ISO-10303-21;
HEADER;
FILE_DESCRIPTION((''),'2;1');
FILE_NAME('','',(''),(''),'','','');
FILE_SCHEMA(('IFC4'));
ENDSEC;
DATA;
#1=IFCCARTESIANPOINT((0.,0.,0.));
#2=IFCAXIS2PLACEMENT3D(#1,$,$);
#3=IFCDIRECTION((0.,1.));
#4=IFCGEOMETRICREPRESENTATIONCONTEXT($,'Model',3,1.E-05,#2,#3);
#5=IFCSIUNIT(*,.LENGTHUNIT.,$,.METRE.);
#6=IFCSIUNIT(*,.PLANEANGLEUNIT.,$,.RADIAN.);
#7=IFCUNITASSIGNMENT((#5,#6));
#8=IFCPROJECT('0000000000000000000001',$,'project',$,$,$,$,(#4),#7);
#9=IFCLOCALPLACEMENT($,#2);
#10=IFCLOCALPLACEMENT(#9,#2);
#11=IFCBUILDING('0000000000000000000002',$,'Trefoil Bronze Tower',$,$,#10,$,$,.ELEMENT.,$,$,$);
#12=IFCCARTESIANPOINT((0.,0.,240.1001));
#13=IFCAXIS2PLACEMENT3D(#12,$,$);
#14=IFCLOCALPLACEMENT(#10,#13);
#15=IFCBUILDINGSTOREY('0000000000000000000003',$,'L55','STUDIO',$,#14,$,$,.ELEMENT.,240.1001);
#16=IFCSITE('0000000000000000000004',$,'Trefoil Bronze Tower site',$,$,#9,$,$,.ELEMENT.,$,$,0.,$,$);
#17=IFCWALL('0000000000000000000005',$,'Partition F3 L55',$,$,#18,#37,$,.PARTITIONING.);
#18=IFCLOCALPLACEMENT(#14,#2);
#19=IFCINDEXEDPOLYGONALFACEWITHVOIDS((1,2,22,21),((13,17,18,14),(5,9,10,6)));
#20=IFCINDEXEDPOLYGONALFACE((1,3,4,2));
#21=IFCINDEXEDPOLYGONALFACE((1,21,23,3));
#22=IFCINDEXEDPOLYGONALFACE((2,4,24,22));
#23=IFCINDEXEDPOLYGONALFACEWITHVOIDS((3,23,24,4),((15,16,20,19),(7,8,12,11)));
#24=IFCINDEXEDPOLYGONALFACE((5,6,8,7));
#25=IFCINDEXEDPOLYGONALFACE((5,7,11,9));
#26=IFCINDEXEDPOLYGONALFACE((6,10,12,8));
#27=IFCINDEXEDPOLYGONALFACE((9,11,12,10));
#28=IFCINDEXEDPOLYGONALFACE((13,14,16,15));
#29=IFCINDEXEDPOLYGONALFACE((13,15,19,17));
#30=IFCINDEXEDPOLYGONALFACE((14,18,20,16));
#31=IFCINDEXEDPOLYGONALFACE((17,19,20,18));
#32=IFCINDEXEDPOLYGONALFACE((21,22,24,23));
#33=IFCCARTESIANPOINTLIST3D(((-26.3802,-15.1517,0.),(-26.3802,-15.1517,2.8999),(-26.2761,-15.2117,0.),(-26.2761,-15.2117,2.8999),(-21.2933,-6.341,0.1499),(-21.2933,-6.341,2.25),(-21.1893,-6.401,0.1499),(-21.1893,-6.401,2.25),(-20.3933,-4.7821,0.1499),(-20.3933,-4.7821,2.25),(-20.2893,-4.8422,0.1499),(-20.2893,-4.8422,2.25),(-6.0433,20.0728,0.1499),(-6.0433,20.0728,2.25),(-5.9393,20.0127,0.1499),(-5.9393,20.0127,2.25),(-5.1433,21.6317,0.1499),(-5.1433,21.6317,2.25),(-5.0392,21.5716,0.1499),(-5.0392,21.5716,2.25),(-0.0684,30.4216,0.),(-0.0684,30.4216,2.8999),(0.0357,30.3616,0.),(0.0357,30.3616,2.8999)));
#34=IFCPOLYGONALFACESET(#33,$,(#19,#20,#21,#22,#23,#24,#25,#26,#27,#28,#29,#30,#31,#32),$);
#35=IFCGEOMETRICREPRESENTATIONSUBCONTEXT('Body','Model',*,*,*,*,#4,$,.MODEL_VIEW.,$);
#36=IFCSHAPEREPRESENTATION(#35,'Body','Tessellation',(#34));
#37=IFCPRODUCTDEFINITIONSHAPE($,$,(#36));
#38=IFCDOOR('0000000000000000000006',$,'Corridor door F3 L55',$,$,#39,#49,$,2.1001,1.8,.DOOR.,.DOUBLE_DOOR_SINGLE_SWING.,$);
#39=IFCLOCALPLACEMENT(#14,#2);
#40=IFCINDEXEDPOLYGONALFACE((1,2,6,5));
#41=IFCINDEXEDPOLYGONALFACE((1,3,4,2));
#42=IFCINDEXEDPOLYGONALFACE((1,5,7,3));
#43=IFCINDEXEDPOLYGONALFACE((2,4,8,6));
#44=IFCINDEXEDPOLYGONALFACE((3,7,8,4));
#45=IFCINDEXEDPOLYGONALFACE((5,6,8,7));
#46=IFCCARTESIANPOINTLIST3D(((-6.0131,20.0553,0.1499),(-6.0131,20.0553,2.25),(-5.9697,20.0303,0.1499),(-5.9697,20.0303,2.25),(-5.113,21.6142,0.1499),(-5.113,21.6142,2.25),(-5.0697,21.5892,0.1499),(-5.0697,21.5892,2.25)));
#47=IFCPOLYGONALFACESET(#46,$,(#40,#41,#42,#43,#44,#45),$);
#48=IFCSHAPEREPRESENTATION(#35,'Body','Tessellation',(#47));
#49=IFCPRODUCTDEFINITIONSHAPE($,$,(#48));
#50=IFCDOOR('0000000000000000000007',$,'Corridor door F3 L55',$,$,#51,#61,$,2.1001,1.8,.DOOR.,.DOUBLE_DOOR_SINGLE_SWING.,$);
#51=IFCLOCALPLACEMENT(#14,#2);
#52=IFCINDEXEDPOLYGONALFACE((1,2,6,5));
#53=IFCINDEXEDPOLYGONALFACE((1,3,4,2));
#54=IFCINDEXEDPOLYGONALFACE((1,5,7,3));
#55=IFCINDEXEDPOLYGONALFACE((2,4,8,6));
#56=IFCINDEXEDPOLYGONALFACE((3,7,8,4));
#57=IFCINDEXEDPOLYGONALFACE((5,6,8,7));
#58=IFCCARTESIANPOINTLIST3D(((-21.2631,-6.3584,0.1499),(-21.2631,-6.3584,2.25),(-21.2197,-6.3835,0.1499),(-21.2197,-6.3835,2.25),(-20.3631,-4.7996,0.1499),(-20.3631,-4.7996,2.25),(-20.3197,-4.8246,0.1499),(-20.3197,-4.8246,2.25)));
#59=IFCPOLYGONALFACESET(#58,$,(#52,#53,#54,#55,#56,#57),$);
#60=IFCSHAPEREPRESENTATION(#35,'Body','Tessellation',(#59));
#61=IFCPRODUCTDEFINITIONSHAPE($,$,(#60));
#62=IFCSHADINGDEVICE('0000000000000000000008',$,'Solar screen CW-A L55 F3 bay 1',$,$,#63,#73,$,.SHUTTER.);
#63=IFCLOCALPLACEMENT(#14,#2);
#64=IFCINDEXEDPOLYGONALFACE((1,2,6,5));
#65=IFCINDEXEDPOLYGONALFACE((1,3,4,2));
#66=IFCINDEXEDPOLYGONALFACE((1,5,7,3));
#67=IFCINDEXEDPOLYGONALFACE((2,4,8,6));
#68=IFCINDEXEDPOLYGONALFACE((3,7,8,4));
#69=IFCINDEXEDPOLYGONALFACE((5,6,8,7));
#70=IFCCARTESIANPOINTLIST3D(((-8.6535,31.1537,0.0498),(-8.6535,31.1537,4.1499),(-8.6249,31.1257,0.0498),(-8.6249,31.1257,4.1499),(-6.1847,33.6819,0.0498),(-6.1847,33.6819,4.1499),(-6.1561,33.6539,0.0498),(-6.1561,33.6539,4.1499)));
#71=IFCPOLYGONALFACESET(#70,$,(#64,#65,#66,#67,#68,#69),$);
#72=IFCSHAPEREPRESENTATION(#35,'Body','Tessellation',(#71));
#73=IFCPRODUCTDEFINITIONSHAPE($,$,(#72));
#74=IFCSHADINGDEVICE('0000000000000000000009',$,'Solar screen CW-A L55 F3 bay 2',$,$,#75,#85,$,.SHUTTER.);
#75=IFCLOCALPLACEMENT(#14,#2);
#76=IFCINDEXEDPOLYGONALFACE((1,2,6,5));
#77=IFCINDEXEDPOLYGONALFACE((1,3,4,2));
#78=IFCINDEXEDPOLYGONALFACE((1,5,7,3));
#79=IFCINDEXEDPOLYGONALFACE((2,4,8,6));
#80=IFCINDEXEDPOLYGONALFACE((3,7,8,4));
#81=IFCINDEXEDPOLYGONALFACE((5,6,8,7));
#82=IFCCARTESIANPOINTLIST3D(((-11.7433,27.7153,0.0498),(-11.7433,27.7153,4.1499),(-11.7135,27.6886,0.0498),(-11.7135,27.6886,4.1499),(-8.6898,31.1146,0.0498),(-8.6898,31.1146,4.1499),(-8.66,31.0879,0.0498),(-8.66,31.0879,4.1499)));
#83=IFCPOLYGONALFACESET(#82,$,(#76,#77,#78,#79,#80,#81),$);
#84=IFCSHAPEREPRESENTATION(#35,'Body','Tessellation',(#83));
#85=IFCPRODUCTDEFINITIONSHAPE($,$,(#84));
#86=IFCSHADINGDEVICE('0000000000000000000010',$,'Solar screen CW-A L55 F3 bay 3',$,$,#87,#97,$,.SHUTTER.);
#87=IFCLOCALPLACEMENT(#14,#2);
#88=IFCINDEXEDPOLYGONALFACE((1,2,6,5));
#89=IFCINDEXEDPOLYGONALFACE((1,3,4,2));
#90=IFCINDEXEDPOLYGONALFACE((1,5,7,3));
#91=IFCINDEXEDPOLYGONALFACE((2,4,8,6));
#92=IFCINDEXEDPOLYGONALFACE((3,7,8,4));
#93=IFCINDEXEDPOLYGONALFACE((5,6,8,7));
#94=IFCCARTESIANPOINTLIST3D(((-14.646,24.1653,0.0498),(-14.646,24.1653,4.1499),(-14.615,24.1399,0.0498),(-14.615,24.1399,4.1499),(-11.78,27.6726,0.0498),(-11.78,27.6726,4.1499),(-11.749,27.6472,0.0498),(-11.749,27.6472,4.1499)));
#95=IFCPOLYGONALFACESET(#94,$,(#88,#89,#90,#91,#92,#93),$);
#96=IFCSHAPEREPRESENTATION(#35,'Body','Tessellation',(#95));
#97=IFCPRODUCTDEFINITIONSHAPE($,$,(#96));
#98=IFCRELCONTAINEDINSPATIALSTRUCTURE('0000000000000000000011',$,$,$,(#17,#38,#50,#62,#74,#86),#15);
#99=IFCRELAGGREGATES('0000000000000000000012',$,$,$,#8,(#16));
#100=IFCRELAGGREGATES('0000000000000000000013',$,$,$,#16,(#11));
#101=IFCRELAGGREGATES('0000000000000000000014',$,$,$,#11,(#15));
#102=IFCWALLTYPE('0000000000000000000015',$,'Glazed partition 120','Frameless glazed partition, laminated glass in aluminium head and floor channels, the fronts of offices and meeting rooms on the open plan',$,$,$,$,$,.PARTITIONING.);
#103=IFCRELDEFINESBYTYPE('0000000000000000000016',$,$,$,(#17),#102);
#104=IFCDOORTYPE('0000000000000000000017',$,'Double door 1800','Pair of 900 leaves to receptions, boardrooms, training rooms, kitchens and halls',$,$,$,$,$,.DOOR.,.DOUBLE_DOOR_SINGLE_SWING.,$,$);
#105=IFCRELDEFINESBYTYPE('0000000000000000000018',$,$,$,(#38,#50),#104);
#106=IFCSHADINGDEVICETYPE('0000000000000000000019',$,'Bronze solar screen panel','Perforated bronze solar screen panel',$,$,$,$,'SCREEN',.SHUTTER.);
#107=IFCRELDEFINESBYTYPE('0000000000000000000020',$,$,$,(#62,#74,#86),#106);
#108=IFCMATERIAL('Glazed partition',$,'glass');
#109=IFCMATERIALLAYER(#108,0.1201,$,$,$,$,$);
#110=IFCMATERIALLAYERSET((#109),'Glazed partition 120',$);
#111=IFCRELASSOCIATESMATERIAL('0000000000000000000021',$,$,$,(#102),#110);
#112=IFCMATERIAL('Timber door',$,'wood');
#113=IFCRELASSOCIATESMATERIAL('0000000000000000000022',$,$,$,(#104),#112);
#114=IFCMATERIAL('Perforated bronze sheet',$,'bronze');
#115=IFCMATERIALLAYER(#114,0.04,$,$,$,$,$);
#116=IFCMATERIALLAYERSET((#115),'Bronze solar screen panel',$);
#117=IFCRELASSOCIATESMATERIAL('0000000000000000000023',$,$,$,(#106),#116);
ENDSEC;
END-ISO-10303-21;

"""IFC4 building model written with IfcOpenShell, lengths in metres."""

from ifc_helpers import new_model, si_unit, direction, frame, frame_2d, origin, origin_2d, place, context, subcontext, project, spatial, rectangle, extrude, material, layer, layer_set, type_object, element, fill, save


model = new_model("IFC4")

# Units and contexts
model_context = context("Model", 3, precision=1e-05, world=origin(), true_north=direction((0.0, 1.0)))
body_context = subcontext(model_context, "Body", "Model", "MODEL_VIEW")
ifc_project = project(units=[si_unit("LENGTHUNIT", "METRE"), si_unit("PLANEANGLEUNIT", "RADIAN")], contexts=[model_context])

# Site, building, storey
site_placement = place(None, origin())
site = spatial("IfcSite", under=ifc_project, at=site_placement, Name="Trefoil Bronze Tower site", CompositionType="ELEMENT", RefElevation=0.0)
building_placement = place(site_placement, origin())
building = spatial("IfcBuilding", under=site, at=building_placement, Name="Trefoil Bronze Tower", CompositionType="ELEMENT")
storey_placement = place(building_placement, frame((0.0, 0.0, 240.1001)))
storey = spatial("IfcBuildingStorey", under=building, at=storey_placement, Name="L55", Description="STUDIO", CompositionType="ELEMENT", Elevation=240.1001)

# Wall, openings, doors
ifc_material_1 = material(Name="Glazed partition", Category="glass")
ifc_layer_1 = layer(ifc_material_1, 0.1201)
ifc_layer_set_1 = layer_set([ifc_layer_1], Name="Glazed partition 120")
wall_type = type_object("IfcWallType", Name="Glazed partition 120", Description="Frameless glazed partition, laminated glass in aluminium head and floor channels, the fronts of offices and meeting rooms on the open plan", PredefinedType="PARTITIONING", material=ifc_layer_set_1)
wall_placement = place(storey_placement, frame((-0.0164, 30.3916, 0.0), z_axis=(0.0, 0.0, 1.0), x_axis=(-0.500001, -0.866025, 0.0)))
wall = element("IfcWall", 1, at=wall_placement, inside=storey, type_object=wall_type, Name="Partition F3 L55", PredefinedType="PARTITIONING", context=body_context, shape_type="SweptSolid", body=[
    extrude(rectangle(XDim=52.6235, YDim=0.1201, at=frame_2d((26.3118, 0.0))), origin(), (0.0, 0.0, 1.0), 2.8999),
])
opening_1_placement = place(wall_placement, frame((10.1499, 0.0, 0.1499)))
opening_1 = element("IfcOpeningElement", 2, at=opening_1_placement, cuts=wall, PredefinedType="OPENING", context=body_context, shape_type="SweptSolid", body=[
    extrude(rectangle(XDim=1.8, YDim=2.1001, at=frame_2d((0.8999, 1.05))), frame((0.0, 0.0701, 0.0), z_axis=(0.0, -1.0, 0.0), x_axis=(1.0, 0.0, 0.0)), (0.0, 0.0, 1.0), 0.1401),
])
opening_2_placement = place(wall_placement, frame((40.6499, 0.0, 0.1499)))
opening_2 = element("IfcOpeningElement", 3, at=opening_2_placement, cuts=wall, PredefinedType="OPENING", context=body_context, shape_type="SweptSolid", body=[
    extrude(rectangle(XDim=1.8, YDim=2.1001, at=frame_2d((0.8999, 1.05))), frame((0.0, 0.0701, 0.0), z_axis=(0.0, -1.0, 0.0), x_axis=(1.0, 0.0, 0.0)), (0.0, 0.0, 1.0), 0.1401),
])
ifc_material_2 = material(Name="Timber door", Category="wood")
door_type = type_object("IfcDoorType", Name="Double door 1800", Description="Pair of 900 leaves to receptions, boardrooms, training rooms, kitchens and halls", OperationType="DOUBLE_DOOR_SINGLE_SWING", PredefinedType="DOOR", material=ifc_material_2)
door_1_placement = place(opening_1_placement, origin())
door_1 = element("IfcDoor", 4, at=door_1_placement, inside=storey, type_object=door_type, Name="Corridor door F3 L55", OperationType="DOUBLE_DOOR_SINGLE_SWING", OverallHeight=2.1001, OverallWidth=1.8, PredefinedType="DOOR", context=body_context, shape_type="SweptSolid", body=[
    extrude(rectangle(XDim=1.8, YDim=2.1001, at=frame_2d((0.8999, 1.05))), frame((0.0, 0.0249, 0.0), z_axis=(0.0, -1.0, 0.0), x_axis=(1.0, 0.0, 0.0)), (0.0, 0.0, 1.0), 0.05),
])
fill(opening_1, door_1)
door_2_placement = place(opening_2_placement, origin())
door_2 = element("IfcDoor", 5, at=door_2_placement, inside=storey, type_object=door_type, Name="Corridor door F3 L55", OperationType="DOUBLE_DOOR_SINGLE_SWING", OverallHeight=2.1001, OverallWidth=1.8, PredefinedType="DOOR", context=body_context, shape_type="SweptSolid", body=[
    extrude(rectangle(XDim=1.8, YDim=2.1001, at=frame_2d((0.8999, 1.05))), frame((0.0, 0.0249, 0.0), z_axis=(0.0, -1.0, 0.0), x_axis=(1.0, 0.0, 0.0)), (0.0, 0.0, 1.0), 0.05),
])
fill(opening_2, door_2)

# Shading devices
ifc_material_3 = material(Name="Perforated bronze sheet", Category="bronze")
ifc_layer_2 = layer(ifc_material_3, 0.04)
ifc_layer_set_2 = layer_set([ifc_layer_2], Name="Bronze solar screen panel")
shading_device_type = type_object("IfcShadingDeviceType", Name="Bronze solar screen panel", Description="Perforated bronze solar screen panel", ElementType="SCREEN", PredefinedType="SHUTTER", material=ifc_layer_set_2)
shading_device_1_placement = place(storey_placement, frame((-7.4048, 32.4038, 0.0498), z_axis=(0.0, 0.0, 1.0), x_axis=(-0.698652, -0.715462, 0.0)))
element("IfcShadingDevice", 6, at=shading_device_1_placement, inside=storey, type_object=shading_device_type, Name="Solar screen CW-A L55 F3 bay 1", PredefinedType="SHUTTER", context=body_context, shape_type="SweptSolid", body=[
    extrude(rectangle(XDim=3.5337, YDim=0.04, at=origin_2d()), origin(), (0.0, 0.0, 1.0), 4.1001),
])
shading_device_2_placement = place(storey_placement, frame((-10.2017, 29.4016, 0.0498), z_axis=(0.0, 0.0, 1.0), x_axis=(-0.668246, -0.743941, 0.0)))
element("IfcShadingDevice", 7, at=shading_device_2_placement, inside=storey, type_object=shading_device_type, Name="Solar screen CW-A L55 F3 bay 2", PredefinedType="SHUTTER", context=body_context, shape_type="SweptSolid", body=[
    extrude(rectangle(XDim=4.5693, YDim=0.04, at=origin_2d()), origin(), (0.0, 0.0, 1.0), 4.1001),
])
shading_device_3_placement = place(storey_placement, frame((-13.1975, 25.9062, 0.0498), z_axis=(0.0, 0.0, 1.0), x_axis=(-0.632753, -0.774354, 0.0)))
element("IfcShadingDevice", 8, at=shading_device_3_placement, inside=storey, type_object=shading_device_type, Name="Solar screen CW-A L55 F3 bay 3", PredefinedType="SHUTTER", context=body_context, shape_type="SweptSolid", body=[
    extrude(rectangle(XDim=4.5293, YDim=0.04, at=origin_2d()), origin(), (0.0, 0.0, 1.0), 4.1001),
])

save(model, "model.ifc")
